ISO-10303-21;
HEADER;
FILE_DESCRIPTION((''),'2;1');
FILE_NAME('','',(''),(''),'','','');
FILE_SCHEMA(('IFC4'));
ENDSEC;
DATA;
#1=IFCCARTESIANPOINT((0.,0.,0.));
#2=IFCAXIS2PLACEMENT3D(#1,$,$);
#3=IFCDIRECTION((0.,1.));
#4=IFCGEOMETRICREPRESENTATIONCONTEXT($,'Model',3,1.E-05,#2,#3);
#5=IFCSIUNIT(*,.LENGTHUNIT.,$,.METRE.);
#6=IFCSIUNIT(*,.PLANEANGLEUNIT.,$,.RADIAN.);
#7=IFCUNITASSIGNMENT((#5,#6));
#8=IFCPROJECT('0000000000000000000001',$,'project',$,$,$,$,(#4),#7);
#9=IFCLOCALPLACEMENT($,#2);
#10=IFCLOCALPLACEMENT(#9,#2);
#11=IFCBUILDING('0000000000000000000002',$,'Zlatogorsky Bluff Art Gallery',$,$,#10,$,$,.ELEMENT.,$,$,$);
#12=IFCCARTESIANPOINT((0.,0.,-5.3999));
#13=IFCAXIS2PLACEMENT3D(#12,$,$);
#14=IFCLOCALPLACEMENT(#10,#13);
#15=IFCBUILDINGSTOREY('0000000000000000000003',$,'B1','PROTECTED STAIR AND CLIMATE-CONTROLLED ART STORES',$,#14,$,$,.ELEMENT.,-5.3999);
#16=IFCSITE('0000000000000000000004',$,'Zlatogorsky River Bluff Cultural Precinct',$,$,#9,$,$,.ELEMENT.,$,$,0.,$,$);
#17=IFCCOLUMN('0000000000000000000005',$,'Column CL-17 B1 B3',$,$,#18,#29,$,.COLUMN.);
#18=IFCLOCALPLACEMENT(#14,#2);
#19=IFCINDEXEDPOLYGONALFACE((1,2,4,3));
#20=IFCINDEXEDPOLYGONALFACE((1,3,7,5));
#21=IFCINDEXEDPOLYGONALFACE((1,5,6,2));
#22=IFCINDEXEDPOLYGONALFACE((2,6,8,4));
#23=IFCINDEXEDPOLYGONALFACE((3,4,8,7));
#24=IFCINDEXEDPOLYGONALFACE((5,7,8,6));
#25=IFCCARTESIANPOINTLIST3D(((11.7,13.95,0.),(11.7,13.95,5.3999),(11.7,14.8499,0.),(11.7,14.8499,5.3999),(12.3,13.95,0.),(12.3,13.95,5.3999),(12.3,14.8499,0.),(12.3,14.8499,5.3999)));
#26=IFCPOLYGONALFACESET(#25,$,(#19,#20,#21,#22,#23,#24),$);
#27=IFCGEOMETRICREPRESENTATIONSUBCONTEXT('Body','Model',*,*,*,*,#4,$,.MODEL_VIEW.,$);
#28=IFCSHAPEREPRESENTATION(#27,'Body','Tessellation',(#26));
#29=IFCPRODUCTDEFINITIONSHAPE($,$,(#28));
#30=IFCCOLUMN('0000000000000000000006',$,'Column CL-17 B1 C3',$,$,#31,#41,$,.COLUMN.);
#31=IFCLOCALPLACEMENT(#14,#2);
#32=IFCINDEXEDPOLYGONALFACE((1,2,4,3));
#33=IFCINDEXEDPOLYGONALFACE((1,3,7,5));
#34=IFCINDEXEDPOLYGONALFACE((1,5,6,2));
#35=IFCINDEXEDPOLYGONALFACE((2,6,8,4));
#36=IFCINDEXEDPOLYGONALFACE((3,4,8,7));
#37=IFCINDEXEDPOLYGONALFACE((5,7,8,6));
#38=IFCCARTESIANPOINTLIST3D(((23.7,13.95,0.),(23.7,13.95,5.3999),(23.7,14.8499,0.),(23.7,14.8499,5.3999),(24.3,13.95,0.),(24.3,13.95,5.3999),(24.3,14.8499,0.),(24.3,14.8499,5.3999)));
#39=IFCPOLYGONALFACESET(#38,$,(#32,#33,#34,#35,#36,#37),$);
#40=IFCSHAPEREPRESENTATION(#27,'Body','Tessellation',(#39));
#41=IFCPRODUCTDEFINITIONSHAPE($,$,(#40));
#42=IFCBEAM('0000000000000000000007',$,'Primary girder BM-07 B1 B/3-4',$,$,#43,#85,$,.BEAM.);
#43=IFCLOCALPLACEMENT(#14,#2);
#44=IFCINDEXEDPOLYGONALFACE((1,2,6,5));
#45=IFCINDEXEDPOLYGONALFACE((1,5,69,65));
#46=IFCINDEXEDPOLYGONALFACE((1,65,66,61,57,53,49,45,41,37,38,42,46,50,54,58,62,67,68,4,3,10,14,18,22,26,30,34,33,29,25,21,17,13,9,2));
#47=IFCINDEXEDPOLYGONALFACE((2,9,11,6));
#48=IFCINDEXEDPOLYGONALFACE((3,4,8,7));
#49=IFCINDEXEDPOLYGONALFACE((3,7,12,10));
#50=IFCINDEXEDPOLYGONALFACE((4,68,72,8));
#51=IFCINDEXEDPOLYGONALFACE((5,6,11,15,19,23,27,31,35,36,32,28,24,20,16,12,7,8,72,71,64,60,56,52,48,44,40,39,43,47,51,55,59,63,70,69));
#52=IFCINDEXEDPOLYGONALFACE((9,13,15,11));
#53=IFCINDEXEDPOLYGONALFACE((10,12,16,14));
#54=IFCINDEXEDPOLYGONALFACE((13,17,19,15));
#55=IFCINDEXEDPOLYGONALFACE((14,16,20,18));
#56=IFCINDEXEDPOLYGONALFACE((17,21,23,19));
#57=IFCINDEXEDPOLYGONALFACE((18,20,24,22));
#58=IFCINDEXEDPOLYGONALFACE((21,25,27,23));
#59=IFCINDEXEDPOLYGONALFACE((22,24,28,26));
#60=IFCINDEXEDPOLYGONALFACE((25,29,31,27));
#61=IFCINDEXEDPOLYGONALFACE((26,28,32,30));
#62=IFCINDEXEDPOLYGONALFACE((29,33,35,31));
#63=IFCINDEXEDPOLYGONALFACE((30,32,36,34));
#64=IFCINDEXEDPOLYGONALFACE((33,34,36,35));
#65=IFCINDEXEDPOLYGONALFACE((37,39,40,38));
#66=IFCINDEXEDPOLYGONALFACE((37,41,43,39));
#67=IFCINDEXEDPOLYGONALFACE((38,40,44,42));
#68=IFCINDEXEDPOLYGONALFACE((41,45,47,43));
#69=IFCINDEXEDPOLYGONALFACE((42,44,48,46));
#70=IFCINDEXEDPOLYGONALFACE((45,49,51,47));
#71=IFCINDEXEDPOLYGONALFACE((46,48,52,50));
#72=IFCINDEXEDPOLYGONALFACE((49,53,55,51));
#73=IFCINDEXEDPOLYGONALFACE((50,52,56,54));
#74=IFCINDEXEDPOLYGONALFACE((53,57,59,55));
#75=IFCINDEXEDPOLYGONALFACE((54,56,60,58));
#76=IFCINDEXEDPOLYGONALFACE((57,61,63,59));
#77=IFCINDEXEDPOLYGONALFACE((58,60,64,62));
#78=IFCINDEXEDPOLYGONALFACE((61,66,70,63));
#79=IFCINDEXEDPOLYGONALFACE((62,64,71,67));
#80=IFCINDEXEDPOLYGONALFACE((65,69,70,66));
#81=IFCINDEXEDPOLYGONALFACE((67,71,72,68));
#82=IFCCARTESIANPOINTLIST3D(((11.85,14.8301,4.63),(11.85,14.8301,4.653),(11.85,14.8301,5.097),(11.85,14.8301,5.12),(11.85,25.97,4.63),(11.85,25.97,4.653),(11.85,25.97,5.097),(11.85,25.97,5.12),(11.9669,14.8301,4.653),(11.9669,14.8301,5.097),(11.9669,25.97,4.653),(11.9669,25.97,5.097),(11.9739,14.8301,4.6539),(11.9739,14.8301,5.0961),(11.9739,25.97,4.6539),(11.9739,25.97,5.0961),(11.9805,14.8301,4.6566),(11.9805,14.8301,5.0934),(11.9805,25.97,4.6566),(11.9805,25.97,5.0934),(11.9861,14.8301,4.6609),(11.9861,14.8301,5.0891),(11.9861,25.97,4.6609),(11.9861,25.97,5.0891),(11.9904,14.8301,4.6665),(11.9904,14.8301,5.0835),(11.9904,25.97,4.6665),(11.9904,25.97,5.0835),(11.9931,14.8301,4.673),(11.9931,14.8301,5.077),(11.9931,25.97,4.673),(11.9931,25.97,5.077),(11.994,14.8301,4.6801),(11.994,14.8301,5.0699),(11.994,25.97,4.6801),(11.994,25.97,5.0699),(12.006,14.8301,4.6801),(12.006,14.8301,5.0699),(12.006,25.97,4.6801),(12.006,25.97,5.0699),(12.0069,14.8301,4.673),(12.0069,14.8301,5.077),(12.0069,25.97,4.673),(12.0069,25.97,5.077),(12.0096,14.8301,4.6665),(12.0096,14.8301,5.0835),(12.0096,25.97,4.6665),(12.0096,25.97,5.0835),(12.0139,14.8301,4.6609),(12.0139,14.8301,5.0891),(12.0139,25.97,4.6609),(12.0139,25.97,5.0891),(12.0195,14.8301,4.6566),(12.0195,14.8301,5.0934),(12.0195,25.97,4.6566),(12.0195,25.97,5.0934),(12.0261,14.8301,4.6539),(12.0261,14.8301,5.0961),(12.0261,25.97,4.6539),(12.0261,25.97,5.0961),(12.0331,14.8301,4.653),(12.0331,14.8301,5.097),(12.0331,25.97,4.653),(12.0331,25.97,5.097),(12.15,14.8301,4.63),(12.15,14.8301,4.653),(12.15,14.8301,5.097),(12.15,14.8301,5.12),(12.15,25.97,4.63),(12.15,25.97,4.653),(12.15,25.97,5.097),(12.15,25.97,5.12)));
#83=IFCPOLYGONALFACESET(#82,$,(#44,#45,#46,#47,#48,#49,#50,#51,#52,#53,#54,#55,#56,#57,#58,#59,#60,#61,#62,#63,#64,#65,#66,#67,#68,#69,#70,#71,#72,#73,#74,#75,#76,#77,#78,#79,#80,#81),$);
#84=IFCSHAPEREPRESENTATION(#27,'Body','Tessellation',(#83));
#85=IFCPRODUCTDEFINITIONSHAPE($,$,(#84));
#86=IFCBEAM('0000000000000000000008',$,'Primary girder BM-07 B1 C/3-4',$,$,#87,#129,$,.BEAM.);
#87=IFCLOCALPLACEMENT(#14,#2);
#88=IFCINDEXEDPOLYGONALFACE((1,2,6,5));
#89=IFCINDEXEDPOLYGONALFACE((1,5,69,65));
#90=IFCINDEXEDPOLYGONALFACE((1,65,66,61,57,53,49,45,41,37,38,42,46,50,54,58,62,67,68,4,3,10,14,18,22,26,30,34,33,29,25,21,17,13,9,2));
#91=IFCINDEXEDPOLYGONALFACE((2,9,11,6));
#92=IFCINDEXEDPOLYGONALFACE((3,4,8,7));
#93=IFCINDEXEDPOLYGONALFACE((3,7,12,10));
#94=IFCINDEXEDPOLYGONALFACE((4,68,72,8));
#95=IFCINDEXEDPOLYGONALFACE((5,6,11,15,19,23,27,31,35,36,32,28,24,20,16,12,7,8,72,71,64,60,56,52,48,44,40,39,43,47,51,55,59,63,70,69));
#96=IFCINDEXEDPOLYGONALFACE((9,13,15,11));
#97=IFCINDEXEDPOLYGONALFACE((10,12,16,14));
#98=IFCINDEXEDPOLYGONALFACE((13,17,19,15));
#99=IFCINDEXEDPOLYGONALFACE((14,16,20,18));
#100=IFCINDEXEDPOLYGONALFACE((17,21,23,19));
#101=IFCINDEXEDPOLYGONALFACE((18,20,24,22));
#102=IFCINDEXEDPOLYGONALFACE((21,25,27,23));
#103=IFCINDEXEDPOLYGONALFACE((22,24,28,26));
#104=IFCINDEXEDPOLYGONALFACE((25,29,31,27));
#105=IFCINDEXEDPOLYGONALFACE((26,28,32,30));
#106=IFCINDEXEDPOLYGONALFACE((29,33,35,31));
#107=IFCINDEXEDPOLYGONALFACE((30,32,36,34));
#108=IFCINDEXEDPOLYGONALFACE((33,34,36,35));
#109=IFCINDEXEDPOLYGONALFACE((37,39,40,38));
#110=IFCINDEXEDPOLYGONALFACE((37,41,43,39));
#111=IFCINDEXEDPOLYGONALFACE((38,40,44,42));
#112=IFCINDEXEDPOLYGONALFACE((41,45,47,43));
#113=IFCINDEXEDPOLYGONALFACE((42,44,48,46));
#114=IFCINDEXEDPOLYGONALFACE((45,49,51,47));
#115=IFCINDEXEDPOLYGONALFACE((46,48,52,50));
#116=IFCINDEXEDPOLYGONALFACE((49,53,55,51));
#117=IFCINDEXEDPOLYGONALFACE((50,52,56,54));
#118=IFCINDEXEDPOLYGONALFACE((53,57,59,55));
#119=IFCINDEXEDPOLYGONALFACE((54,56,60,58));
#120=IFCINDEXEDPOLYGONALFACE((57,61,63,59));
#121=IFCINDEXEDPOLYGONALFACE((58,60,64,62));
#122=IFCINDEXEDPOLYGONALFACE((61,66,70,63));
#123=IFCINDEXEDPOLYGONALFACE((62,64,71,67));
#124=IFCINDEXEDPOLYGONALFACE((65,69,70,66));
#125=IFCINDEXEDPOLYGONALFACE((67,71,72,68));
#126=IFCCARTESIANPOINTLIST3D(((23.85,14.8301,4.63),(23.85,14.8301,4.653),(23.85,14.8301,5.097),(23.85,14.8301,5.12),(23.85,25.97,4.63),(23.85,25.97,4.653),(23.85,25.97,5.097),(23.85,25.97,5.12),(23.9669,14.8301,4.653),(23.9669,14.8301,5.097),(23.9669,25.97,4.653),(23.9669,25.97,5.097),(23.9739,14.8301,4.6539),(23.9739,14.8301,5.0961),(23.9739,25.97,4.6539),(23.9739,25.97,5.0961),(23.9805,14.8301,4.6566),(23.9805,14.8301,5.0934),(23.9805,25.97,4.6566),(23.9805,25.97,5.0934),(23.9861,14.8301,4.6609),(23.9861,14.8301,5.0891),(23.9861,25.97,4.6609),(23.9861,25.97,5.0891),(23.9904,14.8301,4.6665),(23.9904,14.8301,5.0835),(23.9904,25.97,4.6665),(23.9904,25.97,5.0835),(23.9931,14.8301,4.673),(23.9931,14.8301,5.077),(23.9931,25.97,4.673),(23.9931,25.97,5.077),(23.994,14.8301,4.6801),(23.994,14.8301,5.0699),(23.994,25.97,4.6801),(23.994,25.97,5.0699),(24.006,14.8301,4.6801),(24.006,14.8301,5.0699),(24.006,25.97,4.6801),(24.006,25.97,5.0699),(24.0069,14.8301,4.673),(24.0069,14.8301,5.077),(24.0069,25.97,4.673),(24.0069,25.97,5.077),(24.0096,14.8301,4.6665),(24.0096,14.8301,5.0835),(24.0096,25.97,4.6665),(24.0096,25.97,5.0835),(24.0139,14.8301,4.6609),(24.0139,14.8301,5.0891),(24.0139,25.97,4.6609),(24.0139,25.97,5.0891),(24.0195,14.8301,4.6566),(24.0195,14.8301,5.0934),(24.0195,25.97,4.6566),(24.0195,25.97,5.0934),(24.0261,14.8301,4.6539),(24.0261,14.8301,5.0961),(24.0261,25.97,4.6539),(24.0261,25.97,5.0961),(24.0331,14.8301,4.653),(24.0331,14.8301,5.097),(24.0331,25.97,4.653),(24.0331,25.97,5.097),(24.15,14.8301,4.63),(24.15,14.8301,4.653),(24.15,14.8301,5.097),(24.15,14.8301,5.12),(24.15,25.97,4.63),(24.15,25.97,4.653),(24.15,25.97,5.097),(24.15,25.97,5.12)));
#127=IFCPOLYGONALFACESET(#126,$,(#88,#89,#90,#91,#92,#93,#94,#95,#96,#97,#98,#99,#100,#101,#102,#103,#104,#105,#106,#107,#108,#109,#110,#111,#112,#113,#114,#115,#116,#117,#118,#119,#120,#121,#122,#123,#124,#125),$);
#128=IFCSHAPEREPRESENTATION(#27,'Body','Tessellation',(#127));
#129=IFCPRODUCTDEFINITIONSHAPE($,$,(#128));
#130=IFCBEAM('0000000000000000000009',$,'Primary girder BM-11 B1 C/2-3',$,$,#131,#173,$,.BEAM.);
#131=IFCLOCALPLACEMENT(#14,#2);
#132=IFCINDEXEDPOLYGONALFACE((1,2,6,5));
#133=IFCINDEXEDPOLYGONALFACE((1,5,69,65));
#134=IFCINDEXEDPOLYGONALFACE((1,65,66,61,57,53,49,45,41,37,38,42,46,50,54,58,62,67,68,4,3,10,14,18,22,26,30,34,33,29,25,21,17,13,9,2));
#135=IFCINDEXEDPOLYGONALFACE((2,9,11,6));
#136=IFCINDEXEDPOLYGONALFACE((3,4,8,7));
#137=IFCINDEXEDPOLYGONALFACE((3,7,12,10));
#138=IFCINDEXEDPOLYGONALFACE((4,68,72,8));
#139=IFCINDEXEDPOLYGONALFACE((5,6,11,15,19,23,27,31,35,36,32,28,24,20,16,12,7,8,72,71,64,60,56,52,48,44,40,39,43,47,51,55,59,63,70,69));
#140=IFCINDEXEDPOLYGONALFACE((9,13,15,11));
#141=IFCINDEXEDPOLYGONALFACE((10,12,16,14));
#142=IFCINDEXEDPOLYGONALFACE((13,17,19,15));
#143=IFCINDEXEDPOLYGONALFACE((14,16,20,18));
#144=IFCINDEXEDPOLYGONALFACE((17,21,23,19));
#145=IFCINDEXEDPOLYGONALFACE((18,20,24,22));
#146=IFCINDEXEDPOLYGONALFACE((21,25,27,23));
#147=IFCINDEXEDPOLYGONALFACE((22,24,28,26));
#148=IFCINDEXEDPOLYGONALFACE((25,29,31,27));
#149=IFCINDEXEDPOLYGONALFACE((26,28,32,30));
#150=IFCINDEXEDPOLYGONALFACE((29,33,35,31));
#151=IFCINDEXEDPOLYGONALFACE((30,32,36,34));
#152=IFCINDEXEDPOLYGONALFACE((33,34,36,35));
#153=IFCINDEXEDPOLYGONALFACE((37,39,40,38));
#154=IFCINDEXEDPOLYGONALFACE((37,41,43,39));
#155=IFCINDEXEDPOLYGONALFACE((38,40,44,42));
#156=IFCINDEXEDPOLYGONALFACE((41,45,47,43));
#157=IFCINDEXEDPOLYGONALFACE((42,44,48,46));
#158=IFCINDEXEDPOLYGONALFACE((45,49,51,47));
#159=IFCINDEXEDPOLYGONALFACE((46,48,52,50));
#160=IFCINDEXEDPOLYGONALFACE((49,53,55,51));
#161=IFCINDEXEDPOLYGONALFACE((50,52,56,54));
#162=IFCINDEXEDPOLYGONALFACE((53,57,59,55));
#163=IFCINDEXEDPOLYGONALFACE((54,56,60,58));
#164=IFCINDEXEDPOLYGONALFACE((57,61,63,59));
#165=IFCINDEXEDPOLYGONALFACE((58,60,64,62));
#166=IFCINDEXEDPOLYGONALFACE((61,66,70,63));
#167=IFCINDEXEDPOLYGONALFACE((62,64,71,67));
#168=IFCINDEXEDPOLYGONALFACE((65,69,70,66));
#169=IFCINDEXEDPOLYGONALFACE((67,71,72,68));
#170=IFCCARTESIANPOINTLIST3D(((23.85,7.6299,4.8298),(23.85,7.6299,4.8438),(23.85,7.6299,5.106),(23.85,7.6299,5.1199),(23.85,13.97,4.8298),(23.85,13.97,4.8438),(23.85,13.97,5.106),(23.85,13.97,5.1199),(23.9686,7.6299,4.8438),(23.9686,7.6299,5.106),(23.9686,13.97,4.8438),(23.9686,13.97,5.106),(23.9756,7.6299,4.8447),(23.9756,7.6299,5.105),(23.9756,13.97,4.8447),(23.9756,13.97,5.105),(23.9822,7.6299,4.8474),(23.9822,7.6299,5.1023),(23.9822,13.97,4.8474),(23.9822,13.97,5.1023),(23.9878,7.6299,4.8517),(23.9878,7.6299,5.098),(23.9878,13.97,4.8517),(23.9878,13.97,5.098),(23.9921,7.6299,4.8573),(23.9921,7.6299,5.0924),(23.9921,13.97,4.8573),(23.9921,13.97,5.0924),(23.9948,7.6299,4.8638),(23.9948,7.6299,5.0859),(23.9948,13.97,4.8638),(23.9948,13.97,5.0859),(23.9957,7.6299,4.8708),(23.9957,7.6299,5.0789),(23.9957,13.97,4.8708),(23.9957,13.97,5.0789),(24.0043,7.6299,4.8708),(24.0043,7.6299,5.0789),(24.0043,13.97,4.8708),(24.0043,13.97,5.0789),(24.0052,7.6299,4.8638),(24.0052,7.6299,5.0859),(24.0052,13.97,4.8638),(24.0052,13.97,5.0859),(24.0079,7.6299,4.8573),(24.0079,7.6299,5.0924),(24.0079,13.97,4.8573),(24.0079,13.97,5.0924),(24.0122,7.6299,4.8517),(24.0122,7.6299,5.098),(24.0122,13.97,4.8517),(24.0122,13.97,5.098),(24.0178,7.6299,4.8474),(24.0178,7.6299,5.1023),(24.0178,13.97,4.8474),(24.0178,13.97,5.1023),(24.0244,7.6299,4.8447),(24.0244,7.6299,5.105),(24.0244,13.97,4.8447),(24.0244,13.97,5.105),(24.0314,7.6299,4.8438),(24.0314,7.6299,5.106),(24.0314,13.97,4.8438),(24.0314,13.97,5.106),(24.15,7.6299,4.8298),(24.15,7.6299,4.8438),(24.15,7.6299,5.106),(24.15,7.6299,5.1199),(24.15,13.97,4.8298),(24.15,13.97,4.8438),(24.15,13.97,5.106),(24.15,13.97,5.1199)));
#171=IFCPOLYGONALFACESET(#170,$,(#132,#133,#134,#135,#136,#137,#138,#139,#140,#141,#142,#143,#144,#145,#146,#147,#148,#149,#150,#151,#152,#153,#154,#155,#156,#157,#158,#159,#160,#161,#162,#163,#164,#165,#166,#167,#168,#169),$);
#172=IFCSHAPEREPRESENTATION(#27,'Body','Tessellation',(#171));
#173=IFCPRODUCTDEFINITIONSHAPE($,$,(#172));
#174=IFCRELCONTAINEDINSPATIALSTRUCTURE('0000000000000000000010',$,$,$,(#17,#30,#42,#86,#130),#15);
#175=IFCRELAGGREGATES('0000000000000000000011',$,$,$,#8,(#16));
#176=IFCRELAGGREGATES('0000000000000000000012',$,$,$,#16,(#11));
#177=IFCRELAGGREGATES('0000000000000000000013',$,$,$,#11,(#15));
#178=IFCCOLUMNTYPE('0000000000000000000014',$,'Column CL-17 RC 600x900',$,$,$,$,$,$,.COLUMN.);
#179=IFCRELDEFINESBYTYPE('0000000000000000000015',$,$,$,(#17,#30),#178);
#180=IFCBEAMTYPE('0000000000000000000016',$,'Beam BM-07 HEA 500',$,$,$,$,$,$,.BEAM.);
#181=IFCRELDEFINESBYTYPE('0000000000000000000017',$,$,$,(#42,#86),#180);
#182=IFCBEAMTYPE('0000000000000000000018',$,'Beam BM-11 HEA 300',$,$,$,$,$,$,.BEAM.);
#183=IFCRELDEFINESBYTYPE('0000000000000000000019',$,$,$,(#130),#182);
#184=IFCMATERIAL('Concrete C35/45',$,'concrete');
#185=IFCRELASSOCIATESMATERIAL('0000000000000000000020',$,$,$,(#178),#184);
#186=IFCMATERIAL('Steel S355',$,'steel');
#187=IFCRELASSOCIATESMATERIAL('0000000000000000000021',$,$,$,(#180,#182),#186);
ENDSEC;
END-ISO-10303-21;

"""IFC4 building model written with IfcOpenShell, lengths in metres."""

from ifc_helpers import new_model, si_unit, direction, frame, origin, origin_2d, place, context, subcontext, project, spatial, rectangle, i_section, extrude, material, material_profile, profile_set, type_object, element, save


model = new_model("IFC4")

# Units and contexts
model_context = context("Model", 3, precision=1e-05, world=origin(), true_north=direction((0.0, 1.0)))
body_context = subcontext(model_context, "Body", "Model", "MODEL_VIEW")
ifc_project = project(units=[si_unit("LENGTHUNIT", "METRE"), si_unit("PLANEANGLEUNIT", "RADIAN")], contexts=[model_context])

# Site, building, storey
site_placement = place(None, origin())
site = spatial("IfcSite", under=ifc_project, at=site_placement, Name="Zlatogorsky River Bluff Cultural Precinct", CompositionType="ELEMENT", RefElevation=0.0)
building_placement = place(site_placement, origin())
building = spatial("IfcBuilding", under=site, at=building_placement, Name="Zlatogorsky Bluff Art Gallery", CompositionType="ELEMENT")
storey_placement = place(building_placement, frame((0.0, 0.0, -5.3999)))
storey = spatial("IfcBuildingStorey", under=building, at=storey_placement, Name="B1", Description="PROTECTED STAIR AND CLIMATE-CONTROLLED ART STORES", CompositionType="ELEMENT", Elevation=-5.3999)

# Shared definitions
ifc_material_1 = material(Name="Concrete C35/45", Category="concrete")

# Columns
ifc_material_profile_1 = material_profile(ifc_material_1, rectangle(XDim=0.6001, YDim=0.8999, at=origin_2d()), Name="RC 600x900")
ifc_profile_set_1 = profile_set([ifc_material_profile_1], Name="Concrete C35/45")
column_type = type_object("IfcColumnType", Name="Column CL-17 RC 600x900", PredefinedType="COLUMN", material=ifc_profile_set_1)
for number, where, z_axis, x_axis, name in (
    (1, (12.0, 14.3999, 0.0), (0.0, 0.0, 1.0), (1.0, 0.0, 0.0), "Column CL-17 B1 B3"),
    (2, (24.0, 14.3999, 0.0), (0.0, 0.0, 1.0), (1.0, 0.0, 0.0), "Column CL-17 B1 C3"),
):
    element("IfcColumn", number, at=place(storey_placement, frame(where, z_axis=z_axis, x_axis=x_axis)), inside=storey, type_object=column_type, Name=name, PredefinedType="COLUMN", context=body_context, shape_type="SweptSolid", body=[
        extrude(rectangle(XDim=0.6001, YDim=0.8999, at=origin_2d()), origin(), (0.0, 0.0, 1.0), 5.3999),
    ])

# Beams
ifc_material_2 = material(Name="Steel S355", Category="steel")
ifc_material_profile_2 = material_profile(ifc_material_2, i_section(OverallWidth=0.3, OverallDepth=0.49, WebThickness=0.012, FlangeThickness=0.0229, FilletRadius=0.0271, at=origin_2d()), Name="HEA 500")
ifc_profile_set_2 = profile_set([ifc_material_profile_2], Name="Steel S355")
beam_type_1 = type_object("IfcBeamType", Name="Beam BM-07 HEA 500", PredefinedType="BEAM", material=ifc_profile_set_2)
for number, where, z_axis, x_axis, name in (
    (3, (12.0, 14.8301, 4.875), (0.0, 1.0, 0.0), (-1.0, 0.0, 0.0), "Primary girder BM-07 B1 B/3-4"),
    (4, (24.0, 14.8301, 4.875), (0.0, 1.0, 0.0), (-1.0, 0.0, 0.0), "Primary girder BM-07 B1 C/3-4"),
):
    element("IfcBeam", number, at=place(storey_placement, frame(where, z_axis=z_axis, x_axis=x_axis)), inside=storey, type_object=beam_type_1, Name=name, PredefinedType="BEAM", context=body_context, shape_type="SweptSolid", body=[
        extrude(i_section(OverallWidth=0.3, OverallDepth=0.49, WebThickness=0.012, FlangeThickness=0.0229, FilletRadius=0.0271, at=origin_2d()), origin(), (0.0, 0.0, 1.0), 11.1399),
    ])
ifc_material_profile_3 = material_profile(ifc_material_2, i_section(OverallWidth=0.3, OverallDepth=0.29, WebThickness=0.0085, FlangeThickness=0.0139, FilletRadius=0.0271, at=origin_2d()), Name="HEA 300")
ifc_profile_set_3 = profile_set([ifc_material_profile_3], Name="Steel S355")
beam_type_2 = type_object("IfcBeamType", Name="Beam BM-11 HEA 300", PredefinedType="BEAM", material=ifc_profile_set_3)
beam_1_placement = place(storey_placement, frame((24.0, 7.6299, 4.9749), z_axis=(0.0, 1.0, 0.0), x_axis=(-1.0, 0.0, 0.0)))
element("IfcBeam", 5, at=beam_1_placement, inside=storey, type_object=beam_type_2, Name="Primary girder BM-11 B1 C/2-3", PredefinedType="BEAM", context=body_context, shape_type="SweptSolid", body=[
    extrude(i_section(OverallWidth=0.3, OverallDepth=0.29, WebThickness=0.0085, FlangeThickness=0.0139, FilletRadius=0.0271, at=origin_2d()), origin(), (0.0, 0.0, 1.0), 6.3401),
])

save(model, "model.ifc")
